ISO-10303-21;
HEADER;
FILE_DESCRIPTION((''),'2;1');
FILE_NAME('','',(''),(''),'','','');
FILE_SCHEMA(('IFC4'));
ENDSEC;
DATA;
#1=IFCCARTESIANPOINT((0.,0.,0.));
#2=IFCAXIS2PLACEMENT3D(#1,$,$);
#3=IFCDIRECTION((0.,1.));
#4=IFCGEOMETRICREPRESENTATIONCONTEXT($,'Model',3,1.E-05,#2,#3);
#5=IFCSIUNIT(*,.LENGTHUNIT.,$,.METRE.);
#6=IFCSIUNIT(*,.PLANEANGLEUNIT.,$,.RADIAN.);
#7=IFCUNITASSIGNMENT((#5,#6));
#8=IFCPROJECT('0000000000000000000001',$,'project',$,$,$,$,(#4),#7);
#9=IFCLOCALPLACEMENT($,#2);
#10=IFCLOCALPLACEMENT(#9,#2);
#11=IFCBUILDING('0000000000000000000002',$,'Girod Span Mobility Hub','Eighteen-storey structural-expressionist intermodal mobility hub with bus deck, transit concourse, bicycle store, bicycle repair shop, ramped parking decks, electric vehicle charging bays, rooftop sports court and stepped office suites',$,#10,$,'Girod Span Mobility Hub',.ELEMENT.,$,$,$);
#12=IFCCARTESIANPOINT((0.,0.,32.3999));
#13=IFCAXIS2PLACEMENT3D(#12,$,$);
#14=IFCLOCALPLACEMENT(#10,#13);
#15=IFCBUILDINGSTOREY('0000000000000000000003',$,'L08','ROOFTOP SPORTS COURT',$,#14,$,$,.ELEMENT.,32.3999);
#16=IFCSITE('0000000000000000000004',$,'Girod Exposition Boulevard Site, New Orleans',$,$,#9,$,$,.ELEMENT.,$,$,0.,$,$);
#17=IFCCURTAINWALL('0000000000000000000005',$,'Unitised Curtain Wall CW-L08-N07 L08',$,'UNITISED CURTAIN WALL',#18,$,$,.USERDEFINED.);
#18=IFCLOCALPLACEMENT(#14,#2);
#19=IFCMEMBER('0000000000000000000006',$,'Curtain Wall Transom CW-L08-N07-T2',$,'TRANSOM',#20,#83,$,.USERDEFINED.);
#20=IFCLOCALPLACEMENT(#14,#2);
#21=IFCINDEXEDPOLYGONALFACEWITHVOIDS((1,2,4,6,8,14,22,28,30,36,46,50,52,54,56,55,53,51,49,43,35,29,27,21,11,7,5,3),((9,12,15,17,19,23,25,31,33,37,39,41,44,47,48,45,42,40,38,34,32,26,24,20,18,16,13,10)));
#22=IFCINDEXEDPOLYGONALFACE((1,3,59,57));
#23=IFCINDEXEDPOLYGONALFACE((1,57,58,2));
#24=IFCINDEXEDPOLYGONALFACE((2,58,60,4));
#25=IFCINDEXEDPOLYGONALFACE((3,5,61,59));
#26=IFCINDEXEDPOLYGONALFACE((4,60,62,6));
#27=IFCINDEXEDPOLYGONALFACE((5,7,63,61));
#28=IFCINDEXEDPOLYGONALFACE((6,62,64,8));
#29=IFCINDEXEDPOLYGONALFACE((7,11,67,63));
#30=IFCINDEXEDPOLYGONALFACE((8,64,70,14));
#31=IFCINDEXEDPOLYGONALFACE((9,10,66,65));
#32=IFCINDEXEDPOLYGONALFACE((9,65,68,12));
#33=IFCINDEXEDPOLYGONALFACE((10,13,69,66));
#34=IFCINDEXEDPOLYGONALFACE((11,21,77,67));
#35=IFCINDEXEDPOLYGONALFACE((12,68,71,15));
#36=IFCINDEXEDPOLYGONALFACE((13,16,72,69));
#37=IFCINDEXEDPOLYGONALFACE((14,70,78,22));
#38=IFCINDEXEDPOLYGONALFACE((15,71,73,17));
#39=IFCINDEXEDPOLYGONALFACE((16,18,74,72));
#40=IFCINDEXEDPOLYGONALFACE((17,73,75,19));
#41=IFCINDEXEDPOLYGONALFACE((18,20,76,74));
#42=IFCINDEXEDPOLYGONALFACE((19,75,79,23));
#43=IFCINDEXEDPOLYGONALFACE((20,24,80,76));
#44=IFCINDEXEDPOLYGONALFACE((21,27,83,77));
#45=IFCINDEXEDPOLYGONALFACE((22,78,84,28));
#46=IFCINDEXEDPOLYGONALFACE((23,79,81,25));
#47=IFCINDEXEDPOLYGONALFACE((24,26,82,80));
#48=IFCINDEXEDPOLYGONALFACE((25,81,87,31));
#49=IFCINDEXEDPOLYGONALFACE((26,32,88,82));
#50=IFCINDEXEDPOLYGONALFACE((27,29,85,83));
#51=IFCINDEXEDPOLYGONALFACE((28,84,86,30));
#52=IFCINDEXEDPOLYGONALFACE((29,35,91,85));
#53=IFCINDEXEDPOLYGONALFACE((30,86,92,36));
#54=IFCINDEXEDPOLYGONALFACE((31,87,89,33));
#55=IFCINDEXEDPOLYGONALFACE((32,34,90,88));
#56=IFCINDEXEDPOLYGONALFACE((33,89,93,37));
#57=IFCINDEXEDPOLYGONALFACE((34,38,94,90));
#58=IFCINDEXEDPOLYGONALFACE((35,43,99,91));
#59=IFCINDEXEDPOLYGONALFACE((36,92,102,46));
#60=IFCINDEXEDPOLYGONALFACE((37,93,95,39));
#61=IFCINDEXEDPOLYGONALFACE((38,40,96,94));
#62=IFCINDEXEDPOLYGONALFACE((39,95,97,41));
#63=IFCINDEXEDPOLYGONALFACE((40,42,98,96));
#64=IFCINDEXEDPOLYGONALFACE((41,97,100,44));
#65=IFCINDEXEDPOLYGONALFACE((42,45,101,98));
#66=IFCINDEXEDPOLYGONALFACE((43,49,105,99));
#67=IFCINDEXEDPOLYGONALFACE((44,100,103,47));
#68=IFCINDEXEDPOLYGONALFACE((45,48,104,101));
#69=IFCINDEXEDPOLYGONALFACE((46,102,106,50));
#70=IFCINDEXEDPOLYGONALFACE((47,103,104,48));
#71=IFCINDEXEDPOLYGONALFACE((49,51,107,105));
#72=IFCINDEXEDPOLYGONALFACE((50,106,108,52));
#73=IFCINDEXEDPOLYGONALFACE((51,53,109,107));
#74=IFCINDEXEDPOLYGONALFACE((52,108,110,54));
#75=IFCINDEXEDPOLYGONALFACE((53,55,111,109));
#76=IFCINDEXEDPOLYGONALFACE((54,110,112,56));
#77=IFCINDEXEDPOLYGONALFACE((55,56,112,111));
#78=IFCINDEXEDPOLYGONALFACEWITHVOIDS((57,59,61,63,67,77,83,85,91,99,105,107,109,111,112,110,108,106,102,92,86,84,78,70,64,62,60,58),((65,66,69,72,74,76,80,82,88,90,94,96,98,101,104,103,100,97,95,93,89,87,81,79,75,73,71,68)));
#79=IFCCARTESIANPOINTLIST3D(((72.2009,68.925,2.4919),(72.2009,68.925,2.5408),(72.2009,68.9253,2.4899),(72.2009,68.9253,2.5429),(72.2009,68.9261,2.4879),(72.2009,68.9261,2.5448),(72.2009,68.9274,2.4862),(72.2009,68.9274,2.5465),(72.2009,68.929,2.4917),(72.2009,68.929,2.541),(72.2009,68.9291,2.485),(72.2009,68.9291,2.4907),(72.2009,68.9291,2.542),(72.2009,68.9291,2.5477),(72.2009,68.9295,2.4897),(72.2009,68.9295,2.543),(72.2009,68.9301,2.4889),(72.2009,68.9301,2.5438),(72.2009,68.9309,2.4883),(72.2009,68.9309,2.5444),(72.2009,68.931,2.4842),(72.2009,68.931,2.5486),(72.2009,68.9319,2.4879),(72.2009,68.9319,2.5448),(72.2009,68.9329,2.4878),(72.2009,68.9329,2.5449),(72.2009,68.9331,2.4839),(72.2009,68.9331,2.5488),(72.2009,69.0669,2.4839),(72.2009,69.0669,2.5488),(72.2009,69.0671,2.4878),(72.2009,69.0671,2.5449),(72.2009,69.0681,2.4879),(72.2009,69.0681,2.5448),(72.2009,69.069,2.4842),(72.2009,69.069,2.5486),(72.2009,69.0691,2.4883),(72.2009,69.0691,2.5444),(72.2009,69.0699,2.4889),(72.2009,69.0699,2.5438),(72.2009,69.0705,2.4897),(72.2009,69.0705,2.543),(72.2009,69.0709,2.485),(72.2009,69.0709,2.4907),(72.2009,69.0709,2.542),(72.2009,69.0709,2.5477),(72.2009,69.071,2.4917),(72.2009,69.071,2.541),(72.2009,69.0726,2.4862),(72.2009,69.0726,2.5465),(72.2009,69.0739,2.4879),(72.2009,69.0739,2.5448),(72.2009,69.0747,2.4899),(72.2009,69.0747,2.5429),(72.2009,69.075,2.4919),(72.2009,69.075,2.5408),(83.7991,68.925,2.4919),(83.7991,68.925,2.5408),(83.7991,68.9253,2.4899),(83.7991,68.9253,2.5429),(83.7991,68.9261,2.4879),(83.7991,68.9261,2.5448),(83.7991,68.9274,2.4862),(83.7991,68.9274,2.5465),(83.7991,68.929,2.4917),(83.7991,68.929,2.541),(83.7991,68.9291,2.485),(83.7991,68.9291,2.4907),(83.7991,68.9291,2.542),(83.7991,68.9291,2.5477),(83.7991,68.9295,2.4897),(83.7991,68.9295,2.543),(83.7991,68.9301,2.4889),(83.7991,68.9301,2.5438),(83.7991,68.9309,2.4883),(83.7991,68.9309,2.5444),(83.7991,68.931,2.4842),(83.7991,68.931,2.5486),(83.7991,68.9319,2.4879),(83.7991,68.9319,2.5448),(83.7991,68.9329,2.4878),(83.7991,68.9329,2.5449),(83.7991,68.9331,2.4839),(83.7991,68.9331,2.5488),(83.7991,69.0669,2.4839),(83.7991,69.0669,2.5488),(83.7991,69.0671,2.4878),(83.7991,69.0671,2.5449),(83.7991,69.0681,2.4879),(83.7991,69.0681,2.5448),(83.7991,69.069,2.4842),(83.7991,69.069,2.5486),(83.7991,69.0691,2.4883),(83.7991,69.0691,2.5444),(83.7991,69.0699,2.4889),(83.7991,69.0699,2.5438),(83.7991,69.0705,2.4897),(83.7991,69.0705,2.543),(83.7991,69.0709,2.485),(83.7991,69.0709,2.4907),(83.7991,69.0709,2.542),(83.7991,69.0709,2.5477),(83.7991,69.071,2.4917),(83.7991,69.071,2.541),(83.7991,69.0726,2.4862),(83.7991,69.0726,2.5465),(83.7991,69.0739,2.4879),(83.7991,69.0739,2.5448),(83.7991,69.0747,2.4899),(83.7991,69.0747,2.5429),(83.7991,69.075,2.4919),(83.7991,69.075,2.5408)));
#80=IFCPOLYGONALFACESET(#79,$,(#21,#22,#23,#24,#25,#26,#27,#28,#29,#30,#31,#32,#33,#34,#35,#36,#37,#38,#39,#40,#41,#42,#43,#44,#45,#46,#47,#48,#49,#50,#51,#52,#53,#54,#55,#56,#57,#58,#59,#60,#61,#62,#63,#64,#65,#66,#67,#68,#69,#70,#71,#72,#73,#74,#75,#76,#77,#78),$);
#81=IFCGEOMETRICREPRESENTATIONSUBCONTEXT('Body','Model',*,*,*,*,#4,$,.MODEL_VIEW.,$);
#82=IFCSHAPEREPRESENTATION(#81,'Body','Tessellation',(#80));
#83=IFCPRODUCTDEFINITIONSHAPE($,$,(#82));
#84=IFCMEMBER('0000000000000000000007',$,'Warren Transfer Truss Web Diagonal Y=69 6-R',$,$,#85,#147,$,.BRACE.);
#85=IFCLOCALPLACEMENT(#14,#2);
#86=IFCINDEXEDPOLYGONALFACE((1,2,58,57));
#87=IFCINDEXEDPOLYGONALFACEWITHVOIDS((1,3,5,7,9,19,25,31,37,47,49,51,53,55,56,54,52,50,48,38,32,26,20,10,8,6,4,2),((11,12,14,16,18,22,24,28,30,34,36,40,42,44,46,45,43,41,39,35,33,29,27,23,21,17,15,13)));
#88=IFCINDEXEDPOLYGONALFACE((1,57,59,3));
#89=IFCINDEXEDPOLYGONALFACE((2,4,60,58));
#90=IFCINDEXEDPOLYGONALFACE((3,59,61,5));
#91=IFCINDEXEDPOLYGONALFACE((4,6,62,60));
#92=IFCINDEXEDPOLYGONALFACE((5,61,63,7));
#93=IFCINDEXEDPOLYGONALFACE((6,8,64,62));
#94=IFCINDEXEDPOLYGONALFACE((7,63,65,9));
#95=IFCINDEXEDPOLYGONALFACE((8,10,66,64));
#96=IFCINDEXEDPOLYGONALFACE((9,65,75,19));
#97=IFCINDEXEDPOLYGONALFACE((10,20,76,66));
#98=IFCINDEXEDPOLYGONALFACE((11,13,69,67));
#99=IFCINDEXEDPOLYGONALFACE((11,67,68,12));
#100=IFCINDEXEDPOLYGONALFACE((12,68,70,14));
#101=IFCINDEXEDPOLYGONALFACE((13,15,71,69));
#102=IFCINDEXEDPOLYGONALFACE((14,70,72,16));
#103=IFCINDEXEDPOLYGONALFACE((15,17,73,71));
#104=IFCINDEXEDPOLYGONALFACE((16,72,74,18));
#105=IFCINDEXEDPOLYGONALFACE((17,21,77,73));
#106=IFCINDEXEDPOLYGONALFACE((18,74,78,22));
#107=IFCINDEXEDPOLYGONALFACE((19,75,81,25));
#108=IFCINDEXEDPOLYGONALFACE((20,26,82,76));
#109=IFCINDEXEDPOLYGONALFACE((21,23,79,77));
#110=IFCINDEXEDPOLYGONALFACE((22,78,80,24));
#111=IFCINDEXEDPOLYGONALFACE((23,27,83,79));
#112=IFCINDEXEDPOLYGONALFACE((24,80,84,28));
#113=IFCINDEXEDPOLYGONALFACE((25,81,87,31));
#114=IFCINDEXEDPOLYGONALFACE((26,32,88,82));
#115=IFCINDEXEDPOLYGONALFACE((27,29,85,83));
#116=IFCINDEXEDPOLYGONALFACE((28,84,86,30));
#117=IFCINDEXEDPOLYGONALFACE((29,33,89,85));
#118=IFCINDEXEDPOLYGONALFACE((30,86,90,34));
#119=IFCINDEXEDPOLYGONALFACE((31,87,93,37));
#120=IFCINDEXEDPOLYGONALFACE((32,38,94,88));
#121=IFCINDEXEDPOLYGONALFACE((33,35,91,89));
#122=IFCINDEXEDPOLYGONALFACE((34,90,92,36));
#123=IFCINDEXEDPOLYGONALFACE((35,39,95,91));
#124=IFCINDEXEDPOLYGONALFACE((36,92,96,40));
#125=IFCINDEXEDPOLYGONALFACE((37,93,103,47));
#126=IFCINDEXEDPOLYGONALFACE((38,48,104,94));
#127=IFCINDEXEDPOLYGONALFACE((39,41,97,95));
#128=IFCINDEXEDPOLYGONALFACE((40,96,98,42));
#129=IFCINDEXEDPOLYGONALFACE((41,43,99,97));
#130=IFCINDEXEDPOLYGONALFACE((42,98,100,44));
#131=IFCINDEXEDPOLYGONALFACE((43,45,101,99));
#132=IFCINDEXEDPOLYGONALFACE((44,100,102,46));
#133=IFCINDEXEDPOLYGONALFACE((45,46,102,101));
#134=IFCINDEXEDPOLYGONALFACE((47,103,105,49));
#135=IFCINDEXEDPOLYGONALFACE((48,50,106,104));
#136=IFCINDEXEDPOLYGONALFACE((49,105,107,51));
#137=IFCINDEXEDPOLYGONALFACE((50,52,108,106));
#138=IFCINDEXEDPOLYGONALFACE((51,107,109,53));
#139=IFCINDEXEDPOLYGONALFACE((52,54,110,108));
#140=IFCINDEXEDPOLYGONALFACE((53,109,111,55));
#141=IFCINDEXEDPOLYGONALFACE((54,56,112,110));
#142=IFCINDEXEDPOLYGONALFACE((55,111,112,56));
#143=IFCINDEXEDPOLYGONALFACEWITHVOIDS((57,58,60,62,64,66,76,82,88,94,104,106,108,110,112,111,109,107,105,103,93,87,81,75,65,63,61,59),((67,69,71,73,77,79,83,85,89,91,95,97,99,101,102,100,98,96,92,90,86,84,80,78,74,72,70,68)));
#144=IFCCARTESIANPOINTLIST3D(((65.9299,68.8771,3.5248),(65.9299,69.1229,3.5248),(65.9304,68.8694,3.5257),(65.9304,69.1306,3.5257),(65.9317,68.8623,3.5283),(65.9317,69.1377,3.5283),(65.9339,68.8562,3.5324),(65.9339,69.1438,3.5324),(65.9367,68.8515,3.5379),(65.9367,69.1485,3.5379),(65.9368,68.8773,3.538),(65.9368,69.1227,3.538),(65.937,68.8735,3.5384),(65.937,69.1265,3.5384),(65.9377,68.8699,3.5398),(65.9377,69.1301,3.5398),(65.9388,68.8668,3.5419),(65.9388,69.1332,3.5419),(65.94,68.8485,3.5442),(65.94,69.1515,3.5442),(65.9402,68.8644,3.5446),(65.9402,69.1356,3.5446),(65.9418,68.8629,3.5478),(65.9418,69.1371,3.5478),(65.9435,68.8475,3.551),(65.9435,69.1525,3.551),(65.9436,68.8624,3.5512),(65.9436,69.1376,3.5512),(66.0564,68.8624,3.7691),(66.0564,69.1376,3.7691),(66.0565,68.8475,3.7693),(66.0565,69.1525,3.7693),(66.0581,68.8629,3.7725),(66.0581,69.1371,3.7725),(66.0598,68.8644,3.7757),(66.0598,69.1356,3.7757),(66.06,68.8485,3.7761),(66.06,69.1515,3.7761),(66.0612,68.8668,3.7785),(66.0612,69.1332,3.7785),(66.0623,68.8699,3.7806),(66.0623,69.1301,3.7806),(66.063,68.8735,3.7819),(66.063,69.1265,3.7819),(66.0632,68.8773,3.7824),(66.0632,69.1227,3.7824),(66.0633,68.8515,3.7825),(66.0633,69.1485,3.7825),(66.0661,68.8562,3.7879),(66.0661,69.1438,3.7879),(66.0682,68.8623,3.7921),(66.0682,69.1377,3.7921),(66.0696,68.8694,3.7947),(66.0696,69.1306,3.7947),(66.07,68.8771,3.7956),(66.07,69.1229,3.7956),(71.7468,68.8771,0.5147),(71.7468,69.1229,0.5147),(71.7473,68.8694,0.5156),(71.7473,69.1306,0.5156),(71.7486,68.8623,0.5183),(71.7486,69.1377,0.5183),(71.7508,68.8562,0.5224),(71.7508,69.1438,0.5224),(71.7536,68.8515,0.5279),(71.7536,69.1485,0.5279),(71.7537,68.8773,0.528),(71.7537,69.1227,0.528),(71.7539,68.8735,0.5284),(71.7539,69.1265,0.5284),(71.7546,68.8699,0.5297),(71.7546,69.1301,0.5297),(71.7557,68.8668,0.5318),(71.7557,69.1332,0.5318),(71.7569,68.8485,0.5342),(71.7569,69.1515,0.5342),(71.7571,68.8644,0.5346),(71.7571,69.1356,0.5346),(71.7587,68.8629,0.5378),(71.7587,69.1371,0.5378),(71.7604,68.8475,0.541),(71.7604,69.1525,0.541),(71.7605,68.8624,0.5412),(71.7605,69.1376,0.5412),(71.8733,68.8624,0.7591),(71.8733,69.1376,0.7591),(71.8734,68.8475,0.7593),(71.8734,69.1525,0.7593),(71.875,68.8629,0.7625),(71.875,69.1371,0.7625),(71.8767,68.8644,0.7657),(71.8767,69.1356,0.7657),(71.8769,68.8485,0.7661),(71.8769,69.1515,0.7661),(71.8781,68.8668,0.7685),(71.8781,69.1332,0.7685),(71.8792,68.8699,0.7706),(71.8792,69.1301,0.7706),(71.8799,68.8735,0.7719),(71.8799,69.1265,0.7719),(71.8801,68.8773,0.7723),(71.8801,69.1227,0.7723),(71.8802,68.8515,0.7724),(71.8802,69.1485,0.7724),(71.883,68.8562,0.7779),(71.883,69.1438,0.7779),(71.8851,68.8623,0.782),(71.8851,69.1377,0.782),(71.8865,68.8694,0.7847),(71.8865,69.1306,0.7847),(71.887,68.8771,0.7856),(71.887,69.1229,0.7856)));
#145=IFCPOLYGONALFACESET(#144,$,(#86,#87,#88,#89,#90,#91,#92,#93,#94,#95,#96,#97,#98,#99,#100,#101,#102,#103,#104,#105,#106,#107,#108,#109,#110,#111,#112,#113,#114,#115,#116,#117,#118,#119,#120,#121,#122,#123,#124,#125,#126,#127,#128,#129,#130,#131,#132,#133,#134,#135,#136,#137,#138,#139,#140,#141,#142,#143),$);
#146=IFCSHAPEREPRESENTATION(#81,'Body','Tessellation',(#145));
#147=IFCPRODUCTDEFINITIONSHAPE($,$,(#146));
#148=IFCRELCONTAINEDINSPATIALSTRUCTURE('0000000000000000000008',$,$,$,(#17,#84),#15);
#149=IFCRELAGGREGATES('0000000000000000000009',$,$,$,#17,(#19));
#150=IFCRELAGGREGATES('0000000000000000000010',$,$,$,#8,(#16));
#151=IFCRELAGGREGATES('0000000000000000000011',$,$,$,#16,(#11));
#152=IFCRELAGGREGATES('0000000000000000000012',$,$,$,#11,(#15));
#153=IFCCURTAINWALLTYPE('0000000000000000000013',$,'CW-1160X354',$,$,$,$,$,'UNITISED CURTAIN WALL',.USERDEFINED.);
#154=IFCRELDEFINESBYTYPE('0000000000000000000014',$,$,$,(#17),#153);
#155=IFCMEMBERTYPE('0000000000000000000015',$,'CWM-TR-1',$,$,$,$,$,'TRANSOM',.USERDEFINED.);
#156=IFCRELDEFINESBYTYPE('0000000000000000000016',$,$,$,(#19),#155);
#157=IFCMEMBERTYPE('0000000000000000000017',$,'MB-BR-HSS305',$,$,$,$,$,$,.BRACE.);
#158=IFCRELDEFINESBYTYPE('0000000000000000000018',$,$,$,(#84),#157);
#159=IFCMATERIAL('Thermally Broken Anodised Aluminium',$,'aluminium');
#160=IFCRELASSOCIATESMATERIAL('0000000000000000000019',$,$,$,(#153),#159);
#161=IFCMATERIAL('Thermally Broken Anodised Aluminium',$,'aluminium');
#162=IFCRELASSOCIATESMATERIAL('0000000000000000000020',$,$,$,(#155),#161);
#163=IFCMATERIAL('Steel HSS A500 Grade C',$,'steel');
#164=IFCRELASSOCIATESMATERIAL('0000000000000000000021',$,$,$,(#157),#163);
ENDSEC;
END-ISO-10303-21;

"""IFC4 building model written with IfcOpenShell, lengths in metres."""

from ifc_helpers import new_model, si_unit, direction, frame, origin, origin_2d, place, context, subcontext, project, spatial, hollow_rectangle, extrude, material, material_profile, profile_set, type_object, element, aggregate, save


model = new_model("IFC4")

# Units and contexts
model_context = context("Model", 3, precision=1e-05, world=origin(), true_north=direction((0.0, 1.0)))
body_context = subcontext(model_context, "Body", "Model", "MODEL_VIEW")
ifc_project = project(units=[si_unit("LENGTHUNIT", "METRE"), si_unit("PLANEANGLEUNIT", "RADIAN")], contexts=[model_context])

# Site, building, storey
site_placement = place(None, origin())
site = spatial("IfcSite", under=ifc_project, at=site_placement, Name="Girod Exposition Boulevard Site, New Orleans", CompositionType="ELEMENT", RefElevation=0.0)
building_placement = place(site_placement, origin())
building = spatial("IfcBuilding", under=site, at=building_placement, Name="Girod Span Mobility Hub", Description="Eighteen-storey structural-expressionist intermodal mobility hub with bus deck, transit concourse, bicycle store, bicycle repair shop, ramped parking decks, electric vehicle charging bays, rooftop sports court and stepped office suites", LongName="Girod Span Mobility Hub", CompositionType="ELEMENT")
storey_placement = place(building_placement, frame((0.0, 0.0, 32.3999)))
storey = spatial("IfcBuildingStorey", under=building, at=storey_placement, Name="L08", Description="ROOFTOP SPORTS COURT", CompositionType="ELEMENT", Elevation=32.3999)

# Curtain wall, member
ifc_material_1 = material(Name="Thermally Broken Anodised Aluminium", Category="aluminium")
curtain_wall_type = type_object("IfcCurtainWallType", Name="CW-1160X354", ElementType="UNITISED CURTAIN WALL", PredefinedType="USERDEFINED", material=ifc_material_1)
curtain_wall_1_placement = place(storey_placement, origin())
curtain_wall_1 = element("IfcCurtainWall", 1, at=curtain_wall_1_placement, inside=storey, type_object=curtain_wall_type, Name="Unitised Curtain Wall CW-L08-N07 L08", ObjectType="UNITISED CURTAIN WALL", PredefinedType="USERDEFINED")
ifc_material_2 = material(Name="Thermally Broken Anodised Aluminium", Category="aluminium")
ifc_material_profile_1 = material_profile(ifc_material_2, hollow_rectangle(XDim=0.1499, YDim=0.0649, WallThickness=0.0039, InnerFilletRadius=0.0039, OuterFilletRadius=0.0081, at=origin_2d()), Name="CW-TR-65X150")
ifc_profile_set_1 = profile_set([ifc_material_profile_1], Name="Thermally Broken Anodised Aluminium")
member_type_1 = type_object("IfcMemberType", Name="CWM-TR-1", ElementType="TRANSOM", PredefinedType="USERDEFINED", material=ifc_profile_set_1)
member_1_placement = place(storey_placement, frame((72.2009, 69.0, 2.5164), z_axis=(1.0, 0.0, 0.0), x_axis=(0.0, 1.0, 0.0)))
member_1 = element("IfcMember", 2, at=member_1_placement, type_object=member_type_1, Name="Curtain Wall Transom CW-L08-N07-T2", ObjectType="TRANSOM", PredefinedType="USERDEFINED", context=body_context, shape_type="SweptSolid", body=[
    extrude(hollow_rectangle(XDim=0.1499, YDim=0.0649, WallThickness=0.0039, InnerFilletRadius=0.0039, OuterFilletRadius=0.0081, at=origin_2d()), origin(), (0.0, 0.0, 1.0), 11.5981),
])
aggregate(curtain_wall_1, [member_1])

# Member
ifc_material_3 = material(Name="Steel HSS A500 Grade C", Category="steel")
ifc_material_profile_2 = material_profile(ifc_material_3, hollow_rectangle(XDim=0.3049, YDim=0.3049, WallThickness=0.0149, InnerFilletRadius=0.0149, OuterFilletRadius=0.0295, at=origin_2d()), Name="HSS305X305X16")
ifc_profile_set_2 = profile_set([ifc_material_profile_2], Name="Steel HSS A500 Grade C")
member_type_2 = type_object("IfcMemberType", Name="MB-BR-HSS305", PredefinedType="BRACE", material=ifc_profile_set_2)
for number, where, z_axis, x_axis, name in (
    (3, (71.8169, 69.0, 0.6501), (-0.888138, 0.0, 0.459576), (0.0, -1.0, 0.0), "Warren Transfer Truss Web Diagonal Y=69 6-R"),
):
    element("IfcMember", number, at=place(storey_placement, frame(where, z_axis=z_axis, x_axis=x_axis)), inside=storey, type_object=member_type_2, Name=name, PredefinedType="BRACE", context=body_context, shape_type="SweptSolid", body=[
        extrude(hollow_rectangle(XDim=0.3049, YDim=0.3049, WallThickness=0.0149, InnerFilletRadius=0.0149, OuterFilletRadius=0.0295, at=origin_2d()), origin(), (0.0, 0.0, 1.0), 6.5496),
    ])

save(model, "model.ifc")
